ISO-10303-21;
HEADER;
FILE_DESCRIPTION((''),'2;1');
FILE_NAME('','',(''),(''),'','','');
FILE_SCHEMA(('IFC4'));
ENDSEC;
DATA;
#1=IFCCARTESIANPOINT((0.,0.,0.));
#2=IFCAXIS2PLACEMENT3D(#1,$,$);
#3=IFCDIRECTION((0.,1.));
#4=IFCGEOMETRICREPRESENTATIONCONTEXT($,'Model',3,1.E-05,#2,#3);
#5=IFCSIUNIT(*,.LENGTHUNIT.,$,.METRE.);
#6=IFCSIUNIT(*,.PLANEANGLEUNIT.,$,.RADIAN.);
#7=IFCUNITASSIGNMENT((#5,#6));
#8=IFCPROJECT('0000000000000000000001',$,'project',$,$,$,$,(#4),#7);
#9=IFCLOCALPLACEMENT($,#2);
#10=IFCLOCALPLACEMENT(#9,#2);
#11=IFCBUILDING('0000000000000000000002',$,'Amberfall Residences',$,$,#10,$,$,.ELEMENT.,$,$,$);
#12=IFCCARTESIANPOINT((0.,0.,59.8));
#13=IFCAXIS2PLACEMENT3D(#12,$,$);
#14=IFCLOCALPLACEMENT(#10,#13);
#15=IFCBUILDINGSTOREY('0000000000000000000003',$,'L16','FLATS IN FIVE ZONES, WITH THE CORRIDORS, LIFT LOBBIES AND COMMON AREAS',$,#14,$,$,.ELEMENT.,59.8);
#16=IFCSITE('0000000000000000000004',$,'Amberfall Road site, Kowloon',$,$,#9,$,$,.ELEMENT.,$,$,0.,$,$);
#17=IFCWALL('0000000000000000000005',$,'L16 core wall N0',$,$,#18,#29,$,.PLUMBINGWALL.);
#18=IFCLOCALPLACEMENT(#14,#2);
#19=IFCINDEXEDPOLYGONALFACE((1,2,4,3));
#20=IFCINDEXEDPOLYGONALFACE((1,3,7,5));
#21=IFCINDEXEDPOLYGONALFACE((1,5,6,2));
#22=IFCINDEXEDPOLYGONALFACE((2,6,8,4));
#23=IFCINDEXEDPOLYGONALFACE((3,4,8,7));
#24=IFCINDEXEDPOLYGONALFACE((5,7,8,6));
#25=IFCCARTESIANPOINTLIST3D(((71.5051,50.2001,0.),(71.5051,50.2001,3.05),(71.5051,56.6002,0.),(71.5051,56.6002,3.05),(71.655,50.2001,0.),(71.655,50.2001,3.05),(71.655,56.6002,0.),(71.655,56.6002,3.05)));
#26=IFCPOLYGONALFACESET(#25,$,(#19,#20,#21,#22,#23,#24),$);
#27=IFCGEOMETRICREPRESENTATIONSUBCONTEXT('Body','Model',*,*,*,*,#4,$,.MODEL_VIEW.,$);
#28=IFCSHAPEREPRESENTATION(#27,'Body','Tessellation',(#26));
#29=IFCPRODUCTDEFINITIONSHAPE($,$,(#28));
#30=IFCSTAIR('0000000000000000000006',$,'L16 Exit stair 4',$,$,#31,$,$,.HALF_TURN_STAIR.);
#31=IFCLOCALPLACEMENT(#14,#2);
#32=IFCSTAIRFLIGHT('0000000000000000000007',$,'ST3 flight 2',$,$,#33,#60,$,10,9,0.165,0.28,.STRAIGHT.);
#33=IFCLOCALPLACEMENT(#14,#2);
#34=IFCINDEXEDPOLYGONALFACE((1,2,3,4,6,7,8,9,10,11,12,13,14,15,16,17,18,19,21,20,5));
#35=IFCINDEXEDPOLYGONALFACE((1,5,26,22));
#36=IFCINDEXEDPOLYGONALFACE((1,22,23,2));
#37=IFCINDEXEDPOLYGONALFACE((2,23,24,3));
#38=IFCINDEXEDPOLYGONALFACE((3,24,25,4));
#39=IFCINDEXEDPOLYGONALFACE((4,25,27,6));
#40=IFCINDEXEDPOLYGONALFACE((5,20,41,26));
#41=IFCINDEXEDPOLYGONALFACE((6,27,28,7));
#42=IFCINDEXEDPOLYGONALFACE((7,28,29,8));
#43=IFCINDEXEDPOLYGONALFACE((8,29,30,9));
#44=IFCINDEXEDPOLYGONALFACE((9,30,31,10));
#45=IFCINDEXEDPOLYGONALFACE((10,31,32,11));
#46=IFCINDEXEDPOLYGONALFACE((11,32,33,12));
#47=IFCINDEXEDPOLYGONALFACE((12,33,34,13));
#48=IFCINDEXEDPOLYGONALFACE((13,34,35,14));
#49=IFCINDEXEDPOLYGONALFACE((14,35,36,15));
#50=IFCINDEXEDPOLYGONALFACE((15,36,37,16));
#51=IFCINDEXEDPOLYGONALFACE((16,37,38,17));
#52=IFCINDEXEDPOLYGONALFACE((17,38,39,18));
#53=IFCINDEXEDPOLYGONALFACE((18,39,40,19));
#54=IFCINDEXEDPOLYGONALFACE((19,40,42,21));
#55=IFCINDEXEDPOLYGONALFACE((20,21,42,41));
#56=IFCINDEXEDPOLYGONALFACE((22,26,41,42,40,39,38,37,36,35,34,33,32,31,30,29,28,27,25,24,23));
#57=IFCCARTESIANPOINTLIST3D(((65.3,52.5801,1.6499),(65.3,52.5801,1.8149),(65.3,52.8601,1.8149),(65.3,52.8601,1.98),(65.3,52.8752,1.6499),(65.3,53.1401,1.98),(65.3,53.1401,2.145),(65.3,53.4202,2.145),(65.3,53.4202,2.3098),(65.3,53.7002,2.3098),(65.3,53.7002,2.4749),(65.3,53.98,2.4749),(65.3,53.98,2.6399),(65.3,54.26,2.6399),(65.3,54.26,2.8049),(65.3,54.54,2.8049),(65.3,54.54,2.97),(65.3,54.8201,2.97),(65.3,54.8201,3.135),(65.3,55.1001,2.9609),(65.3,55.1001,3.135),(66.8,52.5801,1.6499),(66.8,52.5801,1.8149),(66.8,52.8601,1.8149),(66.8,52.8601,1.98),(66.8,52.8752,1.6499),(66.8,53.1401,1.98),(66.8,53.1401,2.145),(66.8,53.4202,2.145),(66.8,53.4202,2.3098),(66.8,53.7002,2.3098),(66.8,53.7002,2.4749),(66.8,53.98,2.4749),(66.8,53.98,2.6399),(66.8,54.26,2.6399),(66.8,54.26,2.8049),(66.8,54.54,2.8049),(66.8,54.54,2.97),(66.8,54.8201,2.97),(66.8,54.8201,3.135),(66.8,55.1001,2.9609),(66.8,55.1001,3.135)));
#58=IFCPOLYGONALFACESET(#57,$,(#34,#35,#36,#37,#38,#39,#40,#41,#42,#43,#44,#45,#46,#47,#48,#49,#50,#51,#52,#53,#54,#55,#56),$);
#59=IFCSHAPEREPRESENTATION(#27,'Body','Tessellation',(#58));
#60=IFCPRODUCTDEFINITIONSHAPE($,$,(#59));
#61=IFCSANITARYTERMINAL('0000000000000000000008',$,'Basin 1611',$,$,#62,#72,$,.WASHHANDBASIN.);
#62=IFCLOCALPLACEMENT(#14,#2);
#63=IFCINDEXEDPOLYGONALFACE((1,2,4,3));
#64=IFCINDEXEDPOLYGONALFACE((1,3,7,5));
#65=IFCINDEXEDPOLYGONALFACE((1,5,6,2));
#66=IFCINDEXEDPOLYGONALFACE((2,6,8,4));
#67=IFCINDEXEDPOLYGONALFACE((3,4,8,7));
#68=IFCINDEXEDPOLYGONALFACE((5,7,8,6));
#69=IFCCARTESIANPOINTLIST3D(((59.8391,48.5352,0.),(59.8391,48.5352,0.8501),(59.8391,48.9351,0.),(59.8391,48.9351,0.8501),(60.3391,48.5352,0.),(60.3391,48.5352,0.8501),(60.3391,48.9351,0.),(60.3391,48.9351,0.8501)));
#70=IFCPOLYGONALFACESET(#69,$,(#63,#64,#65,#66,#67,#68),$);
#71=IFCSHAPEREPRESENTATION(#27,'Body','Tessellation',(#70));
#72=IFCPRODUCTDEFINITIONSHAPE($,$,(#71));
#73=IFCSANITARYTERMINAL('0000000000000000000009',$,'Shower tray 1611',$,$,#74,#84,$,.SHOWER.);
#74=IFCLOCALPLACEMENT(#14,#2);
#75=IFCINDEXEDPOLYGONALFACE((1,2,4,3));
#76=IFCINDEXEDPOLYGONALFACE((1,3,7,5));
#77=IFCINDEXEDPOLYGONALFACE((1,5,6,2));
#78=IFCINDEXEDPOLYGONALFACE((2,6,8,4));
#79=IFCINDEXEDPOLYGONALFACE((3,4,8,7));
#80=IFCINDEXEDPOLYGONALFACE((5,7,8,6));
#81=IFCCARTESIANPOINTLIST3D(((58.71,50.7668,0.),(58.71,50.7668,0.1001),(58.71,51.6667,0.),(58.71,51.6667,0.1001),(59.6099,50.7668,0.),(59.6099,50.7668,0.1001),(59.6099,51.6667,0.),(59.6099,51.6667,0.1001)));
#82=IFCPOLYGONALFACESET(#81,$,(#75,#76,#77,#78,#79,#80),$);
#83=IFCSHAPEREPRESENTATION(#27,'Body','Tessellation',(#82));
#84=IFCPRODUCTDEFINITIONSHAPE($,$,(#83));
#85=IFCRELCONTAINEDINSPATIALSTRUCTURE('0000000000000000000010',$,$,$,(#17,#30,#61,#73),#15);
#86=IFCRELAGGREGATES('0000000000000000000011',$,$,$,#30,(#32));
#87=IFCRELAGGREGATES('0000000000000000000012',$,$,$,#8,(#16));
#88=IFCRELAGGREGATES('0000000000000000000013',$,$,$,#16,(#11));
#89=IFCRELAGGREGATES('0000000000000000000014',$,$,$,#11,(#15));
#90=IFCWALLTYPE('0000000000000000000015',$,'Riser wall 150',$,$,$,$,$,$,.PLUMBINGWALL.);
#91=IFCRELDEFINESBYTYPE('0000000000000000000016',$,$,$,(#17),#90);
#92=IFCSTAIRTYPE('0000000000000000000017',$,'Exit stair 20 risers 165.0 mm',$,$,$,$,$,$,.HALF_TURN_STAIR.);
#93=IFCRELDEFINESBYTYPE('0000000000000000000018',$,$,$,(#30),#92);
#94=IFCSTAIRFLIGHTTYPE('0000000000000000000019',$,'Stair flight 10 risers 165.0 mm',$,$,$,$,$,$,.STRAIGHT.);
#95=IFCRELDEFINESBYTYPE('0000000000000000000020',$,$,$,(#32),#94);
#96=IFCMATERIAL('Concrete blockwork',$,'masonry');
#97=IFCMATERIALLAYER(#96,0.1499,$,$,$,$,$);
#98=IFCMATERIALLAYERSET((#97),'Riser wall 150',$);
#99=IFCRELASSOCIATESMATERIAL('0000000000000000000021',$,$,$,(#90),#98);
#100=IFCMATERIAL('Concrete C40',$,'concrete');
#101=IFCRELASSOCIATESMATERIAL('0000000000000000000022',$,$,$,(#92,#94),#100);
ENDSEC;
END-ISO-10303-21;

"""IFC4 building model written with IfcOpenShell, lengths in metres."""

from ifc_helpers import new_model, si_unit, direction, frame, frame_2d, origin, origin_2d, place, context, subcontext, project, spatial, polyline, rectangle, outline, extrude, material, layer, layer_set, type_object, element, aggregate, save


model = new_model("IFC4")

# Units and contexts
model_context = context("Model", 3, precision=1e-05, world=origin(), true_north=direction((0.0, 1.0)))
body_context = subcontext(model_context, "Body", "Model", "MODEL_VIEW")
ifc_project = project(units=[si_unit("LENGTHUNIT", "METRE"), si_unit("PLANEANGLEUNIT", "RADIAN")], contexts=[model_context])

# Site, building, storey
site_placement = place(None, origin())
site = spatial("IfcSite", under=ifc_project, at=site_placement, Name="Amberfall Road site, Kowloon", CompositionType="ELEMENT", RefElevation=0.0)
building_placement = place(site_placement, origin())
building = spatial("IfcBuilding", under=site, at=building_placement, Name="Amberfall Residences", CompositionType="ELEMENT")
storey_placement = place(building_placement, frame((0.0, 0.0, 59.8)))
storey = spatial("IfcBuildingStorey", under=building, at=storey_placement, Name="L16", Description="FLATS IN FIVE ZONES, WITH THE CORRIDORS, LIFT LOBBIES AND COMMON AREAS", CompositionType="ELEMENT", Elevation=59.8)

# Wall
ifc_material_1 = material(Name="Concrete blockwork", Category="masonry")
ifc_layer_1 = layer(ifc_material_1, 0.1499)
ifc_layer_set_1 = layer_set([ifc_layer_1], Name="Riser wall 150")
wall_type_1 = type_object("IfcWallType", Name="Riser wall 150", PredefinedType="PLUMBINGWALL", material=ifc_layer_set_1)
wall_1_placement = place(storey_placement, frame((71.5801, 50.2, 0.0), z_axis=(0.0, 0.0, 1.0), x_axis=(0.0, 1.0, 0.0)))
element("IfcWall", 1, at=wall_1_placement, inside=storey, type_object=wall_type_1, Name="L16 core wall N0", PredefinedType="PLUMBINGWALL", context=body_context, shape_type="SweptSolid", body=[
    extrude(rectangle(XDim=6.4001, YDim=0.1499, at=frame_2d((3.2002, 0.0))), origin(), (0.0, 0.0, 1.0), 3.05),
])

# Stair, stair flight
ifc_material_2 = material(Name="Concrete C40", Category="concrete")
stair_type = type_object("IfcStairType", Name="Exit stair 20 risers 165.0 mm", PredefinedType="HALF_TURN_STAIR", material=ifc_material_2)
stair_placement = place(storey_placement, origin())
stair = element("IfcStair", 2, at=stair_placement, inside=storey, type_object=stair_type, Name="L16 Exit stair 4", PredefinedType="HALF_TURN_STAIR")
stair_flight_type = type_object("IfcStairFlightType", Name="Stair flight 10 risers 165.0 mm", PredefinedType="STRAIGHT", material=ifc_material_2)
stair_flight_placement = place(storey_placement, frame((66.05, 52.5801, 1.6499), z_axis=(0.0, 0.0, 1.0), x_axis=(0.0, 1.0, 0.0)))
stair_flight = element("IfcStairFlight", 3, at=stair_flight_placement, type_object=stair_flight_type, Name="ST3 flight 2", NumberOfRisers=10, NumberOfTreads=9, PredefinedType="STRAIGHT", RiserHeight=0.165, TreadLength=0.28, context=body_context, shape_type="SweptSolid", body=[
    extrude(outline(polyline([(0.0, 0.0), (0.0, 0.165), (0.28, 0.165), (0.28, 0.3301), (0.5601, 0.3301), (0.5601, 0.4951), (0.8401, 0.4951), (0.8401, 0.6599), (1.1201, 0.6599), (1.1201, 0.825), (1.3999, 0.825), (1.3999, 0.99), (1.6799, 0.99), (1.6799, 1.155), (1.96, 1.155), (1.96, 1.3201), (2.24, 1.3201), (2.24, 1.4851), (2.52, 1.4851), (2.52, 1.6499), (2.52, 1.311), (0.2952, 0.0), (0.0, 0.0)])), frame((0.0, 0.75, 0.0), z_axis=(0.0, -1.0, 0.0), x_axis=(1.0, 0.0, 0.0)), (0.0, 0.0, 1.0), 1.5),
])
aggregate(stair, [stair_flight])

# Sanitary terminals
sanitary_terminal_1_placement = place(storey_placement, frame((60.0891, 48.7351, 0.0), z_axis=(0.0, 0.0, 1.0), x_axis=(1.0, 0.0, 0.0)))
element("IfcSanitaryTerminal", 4, at=sanitary_terminal_1_placement, inside=storey, Name="Basin 1611", PredefinedType="WASHHANDBASIN", context=body_context, shape_type="SweptSolid", body=[
    extrude(rectangle(XDim=0.5, YDim=0.3999, at=origin_2d()), origin(), (0.0, 0.0, 1.0), 0.8501),
])
sanitary_terminal_2_placement = place(storey_placement, frame((59.1599, 51.2168, 0.0), z_axis=(0.0, 0.0, 1.0), x_axis=(1.0, 0.0, 0.0)))
element("IfcSanitaryTerminal", 5, at=sanitary_terminal_2_placement, inside=storey, Name="Shower tray 1611", PredefinedType="SHOWER", context=body_context, shape_type="SweptSolid", body=[
    extrude(rectangle(XDim=0.8999, YDim=0.8999, at=origin_2d()), origin(), (0.0, 0.0, 1.0), 0.1001),
])

save(model, "model.ifc")
